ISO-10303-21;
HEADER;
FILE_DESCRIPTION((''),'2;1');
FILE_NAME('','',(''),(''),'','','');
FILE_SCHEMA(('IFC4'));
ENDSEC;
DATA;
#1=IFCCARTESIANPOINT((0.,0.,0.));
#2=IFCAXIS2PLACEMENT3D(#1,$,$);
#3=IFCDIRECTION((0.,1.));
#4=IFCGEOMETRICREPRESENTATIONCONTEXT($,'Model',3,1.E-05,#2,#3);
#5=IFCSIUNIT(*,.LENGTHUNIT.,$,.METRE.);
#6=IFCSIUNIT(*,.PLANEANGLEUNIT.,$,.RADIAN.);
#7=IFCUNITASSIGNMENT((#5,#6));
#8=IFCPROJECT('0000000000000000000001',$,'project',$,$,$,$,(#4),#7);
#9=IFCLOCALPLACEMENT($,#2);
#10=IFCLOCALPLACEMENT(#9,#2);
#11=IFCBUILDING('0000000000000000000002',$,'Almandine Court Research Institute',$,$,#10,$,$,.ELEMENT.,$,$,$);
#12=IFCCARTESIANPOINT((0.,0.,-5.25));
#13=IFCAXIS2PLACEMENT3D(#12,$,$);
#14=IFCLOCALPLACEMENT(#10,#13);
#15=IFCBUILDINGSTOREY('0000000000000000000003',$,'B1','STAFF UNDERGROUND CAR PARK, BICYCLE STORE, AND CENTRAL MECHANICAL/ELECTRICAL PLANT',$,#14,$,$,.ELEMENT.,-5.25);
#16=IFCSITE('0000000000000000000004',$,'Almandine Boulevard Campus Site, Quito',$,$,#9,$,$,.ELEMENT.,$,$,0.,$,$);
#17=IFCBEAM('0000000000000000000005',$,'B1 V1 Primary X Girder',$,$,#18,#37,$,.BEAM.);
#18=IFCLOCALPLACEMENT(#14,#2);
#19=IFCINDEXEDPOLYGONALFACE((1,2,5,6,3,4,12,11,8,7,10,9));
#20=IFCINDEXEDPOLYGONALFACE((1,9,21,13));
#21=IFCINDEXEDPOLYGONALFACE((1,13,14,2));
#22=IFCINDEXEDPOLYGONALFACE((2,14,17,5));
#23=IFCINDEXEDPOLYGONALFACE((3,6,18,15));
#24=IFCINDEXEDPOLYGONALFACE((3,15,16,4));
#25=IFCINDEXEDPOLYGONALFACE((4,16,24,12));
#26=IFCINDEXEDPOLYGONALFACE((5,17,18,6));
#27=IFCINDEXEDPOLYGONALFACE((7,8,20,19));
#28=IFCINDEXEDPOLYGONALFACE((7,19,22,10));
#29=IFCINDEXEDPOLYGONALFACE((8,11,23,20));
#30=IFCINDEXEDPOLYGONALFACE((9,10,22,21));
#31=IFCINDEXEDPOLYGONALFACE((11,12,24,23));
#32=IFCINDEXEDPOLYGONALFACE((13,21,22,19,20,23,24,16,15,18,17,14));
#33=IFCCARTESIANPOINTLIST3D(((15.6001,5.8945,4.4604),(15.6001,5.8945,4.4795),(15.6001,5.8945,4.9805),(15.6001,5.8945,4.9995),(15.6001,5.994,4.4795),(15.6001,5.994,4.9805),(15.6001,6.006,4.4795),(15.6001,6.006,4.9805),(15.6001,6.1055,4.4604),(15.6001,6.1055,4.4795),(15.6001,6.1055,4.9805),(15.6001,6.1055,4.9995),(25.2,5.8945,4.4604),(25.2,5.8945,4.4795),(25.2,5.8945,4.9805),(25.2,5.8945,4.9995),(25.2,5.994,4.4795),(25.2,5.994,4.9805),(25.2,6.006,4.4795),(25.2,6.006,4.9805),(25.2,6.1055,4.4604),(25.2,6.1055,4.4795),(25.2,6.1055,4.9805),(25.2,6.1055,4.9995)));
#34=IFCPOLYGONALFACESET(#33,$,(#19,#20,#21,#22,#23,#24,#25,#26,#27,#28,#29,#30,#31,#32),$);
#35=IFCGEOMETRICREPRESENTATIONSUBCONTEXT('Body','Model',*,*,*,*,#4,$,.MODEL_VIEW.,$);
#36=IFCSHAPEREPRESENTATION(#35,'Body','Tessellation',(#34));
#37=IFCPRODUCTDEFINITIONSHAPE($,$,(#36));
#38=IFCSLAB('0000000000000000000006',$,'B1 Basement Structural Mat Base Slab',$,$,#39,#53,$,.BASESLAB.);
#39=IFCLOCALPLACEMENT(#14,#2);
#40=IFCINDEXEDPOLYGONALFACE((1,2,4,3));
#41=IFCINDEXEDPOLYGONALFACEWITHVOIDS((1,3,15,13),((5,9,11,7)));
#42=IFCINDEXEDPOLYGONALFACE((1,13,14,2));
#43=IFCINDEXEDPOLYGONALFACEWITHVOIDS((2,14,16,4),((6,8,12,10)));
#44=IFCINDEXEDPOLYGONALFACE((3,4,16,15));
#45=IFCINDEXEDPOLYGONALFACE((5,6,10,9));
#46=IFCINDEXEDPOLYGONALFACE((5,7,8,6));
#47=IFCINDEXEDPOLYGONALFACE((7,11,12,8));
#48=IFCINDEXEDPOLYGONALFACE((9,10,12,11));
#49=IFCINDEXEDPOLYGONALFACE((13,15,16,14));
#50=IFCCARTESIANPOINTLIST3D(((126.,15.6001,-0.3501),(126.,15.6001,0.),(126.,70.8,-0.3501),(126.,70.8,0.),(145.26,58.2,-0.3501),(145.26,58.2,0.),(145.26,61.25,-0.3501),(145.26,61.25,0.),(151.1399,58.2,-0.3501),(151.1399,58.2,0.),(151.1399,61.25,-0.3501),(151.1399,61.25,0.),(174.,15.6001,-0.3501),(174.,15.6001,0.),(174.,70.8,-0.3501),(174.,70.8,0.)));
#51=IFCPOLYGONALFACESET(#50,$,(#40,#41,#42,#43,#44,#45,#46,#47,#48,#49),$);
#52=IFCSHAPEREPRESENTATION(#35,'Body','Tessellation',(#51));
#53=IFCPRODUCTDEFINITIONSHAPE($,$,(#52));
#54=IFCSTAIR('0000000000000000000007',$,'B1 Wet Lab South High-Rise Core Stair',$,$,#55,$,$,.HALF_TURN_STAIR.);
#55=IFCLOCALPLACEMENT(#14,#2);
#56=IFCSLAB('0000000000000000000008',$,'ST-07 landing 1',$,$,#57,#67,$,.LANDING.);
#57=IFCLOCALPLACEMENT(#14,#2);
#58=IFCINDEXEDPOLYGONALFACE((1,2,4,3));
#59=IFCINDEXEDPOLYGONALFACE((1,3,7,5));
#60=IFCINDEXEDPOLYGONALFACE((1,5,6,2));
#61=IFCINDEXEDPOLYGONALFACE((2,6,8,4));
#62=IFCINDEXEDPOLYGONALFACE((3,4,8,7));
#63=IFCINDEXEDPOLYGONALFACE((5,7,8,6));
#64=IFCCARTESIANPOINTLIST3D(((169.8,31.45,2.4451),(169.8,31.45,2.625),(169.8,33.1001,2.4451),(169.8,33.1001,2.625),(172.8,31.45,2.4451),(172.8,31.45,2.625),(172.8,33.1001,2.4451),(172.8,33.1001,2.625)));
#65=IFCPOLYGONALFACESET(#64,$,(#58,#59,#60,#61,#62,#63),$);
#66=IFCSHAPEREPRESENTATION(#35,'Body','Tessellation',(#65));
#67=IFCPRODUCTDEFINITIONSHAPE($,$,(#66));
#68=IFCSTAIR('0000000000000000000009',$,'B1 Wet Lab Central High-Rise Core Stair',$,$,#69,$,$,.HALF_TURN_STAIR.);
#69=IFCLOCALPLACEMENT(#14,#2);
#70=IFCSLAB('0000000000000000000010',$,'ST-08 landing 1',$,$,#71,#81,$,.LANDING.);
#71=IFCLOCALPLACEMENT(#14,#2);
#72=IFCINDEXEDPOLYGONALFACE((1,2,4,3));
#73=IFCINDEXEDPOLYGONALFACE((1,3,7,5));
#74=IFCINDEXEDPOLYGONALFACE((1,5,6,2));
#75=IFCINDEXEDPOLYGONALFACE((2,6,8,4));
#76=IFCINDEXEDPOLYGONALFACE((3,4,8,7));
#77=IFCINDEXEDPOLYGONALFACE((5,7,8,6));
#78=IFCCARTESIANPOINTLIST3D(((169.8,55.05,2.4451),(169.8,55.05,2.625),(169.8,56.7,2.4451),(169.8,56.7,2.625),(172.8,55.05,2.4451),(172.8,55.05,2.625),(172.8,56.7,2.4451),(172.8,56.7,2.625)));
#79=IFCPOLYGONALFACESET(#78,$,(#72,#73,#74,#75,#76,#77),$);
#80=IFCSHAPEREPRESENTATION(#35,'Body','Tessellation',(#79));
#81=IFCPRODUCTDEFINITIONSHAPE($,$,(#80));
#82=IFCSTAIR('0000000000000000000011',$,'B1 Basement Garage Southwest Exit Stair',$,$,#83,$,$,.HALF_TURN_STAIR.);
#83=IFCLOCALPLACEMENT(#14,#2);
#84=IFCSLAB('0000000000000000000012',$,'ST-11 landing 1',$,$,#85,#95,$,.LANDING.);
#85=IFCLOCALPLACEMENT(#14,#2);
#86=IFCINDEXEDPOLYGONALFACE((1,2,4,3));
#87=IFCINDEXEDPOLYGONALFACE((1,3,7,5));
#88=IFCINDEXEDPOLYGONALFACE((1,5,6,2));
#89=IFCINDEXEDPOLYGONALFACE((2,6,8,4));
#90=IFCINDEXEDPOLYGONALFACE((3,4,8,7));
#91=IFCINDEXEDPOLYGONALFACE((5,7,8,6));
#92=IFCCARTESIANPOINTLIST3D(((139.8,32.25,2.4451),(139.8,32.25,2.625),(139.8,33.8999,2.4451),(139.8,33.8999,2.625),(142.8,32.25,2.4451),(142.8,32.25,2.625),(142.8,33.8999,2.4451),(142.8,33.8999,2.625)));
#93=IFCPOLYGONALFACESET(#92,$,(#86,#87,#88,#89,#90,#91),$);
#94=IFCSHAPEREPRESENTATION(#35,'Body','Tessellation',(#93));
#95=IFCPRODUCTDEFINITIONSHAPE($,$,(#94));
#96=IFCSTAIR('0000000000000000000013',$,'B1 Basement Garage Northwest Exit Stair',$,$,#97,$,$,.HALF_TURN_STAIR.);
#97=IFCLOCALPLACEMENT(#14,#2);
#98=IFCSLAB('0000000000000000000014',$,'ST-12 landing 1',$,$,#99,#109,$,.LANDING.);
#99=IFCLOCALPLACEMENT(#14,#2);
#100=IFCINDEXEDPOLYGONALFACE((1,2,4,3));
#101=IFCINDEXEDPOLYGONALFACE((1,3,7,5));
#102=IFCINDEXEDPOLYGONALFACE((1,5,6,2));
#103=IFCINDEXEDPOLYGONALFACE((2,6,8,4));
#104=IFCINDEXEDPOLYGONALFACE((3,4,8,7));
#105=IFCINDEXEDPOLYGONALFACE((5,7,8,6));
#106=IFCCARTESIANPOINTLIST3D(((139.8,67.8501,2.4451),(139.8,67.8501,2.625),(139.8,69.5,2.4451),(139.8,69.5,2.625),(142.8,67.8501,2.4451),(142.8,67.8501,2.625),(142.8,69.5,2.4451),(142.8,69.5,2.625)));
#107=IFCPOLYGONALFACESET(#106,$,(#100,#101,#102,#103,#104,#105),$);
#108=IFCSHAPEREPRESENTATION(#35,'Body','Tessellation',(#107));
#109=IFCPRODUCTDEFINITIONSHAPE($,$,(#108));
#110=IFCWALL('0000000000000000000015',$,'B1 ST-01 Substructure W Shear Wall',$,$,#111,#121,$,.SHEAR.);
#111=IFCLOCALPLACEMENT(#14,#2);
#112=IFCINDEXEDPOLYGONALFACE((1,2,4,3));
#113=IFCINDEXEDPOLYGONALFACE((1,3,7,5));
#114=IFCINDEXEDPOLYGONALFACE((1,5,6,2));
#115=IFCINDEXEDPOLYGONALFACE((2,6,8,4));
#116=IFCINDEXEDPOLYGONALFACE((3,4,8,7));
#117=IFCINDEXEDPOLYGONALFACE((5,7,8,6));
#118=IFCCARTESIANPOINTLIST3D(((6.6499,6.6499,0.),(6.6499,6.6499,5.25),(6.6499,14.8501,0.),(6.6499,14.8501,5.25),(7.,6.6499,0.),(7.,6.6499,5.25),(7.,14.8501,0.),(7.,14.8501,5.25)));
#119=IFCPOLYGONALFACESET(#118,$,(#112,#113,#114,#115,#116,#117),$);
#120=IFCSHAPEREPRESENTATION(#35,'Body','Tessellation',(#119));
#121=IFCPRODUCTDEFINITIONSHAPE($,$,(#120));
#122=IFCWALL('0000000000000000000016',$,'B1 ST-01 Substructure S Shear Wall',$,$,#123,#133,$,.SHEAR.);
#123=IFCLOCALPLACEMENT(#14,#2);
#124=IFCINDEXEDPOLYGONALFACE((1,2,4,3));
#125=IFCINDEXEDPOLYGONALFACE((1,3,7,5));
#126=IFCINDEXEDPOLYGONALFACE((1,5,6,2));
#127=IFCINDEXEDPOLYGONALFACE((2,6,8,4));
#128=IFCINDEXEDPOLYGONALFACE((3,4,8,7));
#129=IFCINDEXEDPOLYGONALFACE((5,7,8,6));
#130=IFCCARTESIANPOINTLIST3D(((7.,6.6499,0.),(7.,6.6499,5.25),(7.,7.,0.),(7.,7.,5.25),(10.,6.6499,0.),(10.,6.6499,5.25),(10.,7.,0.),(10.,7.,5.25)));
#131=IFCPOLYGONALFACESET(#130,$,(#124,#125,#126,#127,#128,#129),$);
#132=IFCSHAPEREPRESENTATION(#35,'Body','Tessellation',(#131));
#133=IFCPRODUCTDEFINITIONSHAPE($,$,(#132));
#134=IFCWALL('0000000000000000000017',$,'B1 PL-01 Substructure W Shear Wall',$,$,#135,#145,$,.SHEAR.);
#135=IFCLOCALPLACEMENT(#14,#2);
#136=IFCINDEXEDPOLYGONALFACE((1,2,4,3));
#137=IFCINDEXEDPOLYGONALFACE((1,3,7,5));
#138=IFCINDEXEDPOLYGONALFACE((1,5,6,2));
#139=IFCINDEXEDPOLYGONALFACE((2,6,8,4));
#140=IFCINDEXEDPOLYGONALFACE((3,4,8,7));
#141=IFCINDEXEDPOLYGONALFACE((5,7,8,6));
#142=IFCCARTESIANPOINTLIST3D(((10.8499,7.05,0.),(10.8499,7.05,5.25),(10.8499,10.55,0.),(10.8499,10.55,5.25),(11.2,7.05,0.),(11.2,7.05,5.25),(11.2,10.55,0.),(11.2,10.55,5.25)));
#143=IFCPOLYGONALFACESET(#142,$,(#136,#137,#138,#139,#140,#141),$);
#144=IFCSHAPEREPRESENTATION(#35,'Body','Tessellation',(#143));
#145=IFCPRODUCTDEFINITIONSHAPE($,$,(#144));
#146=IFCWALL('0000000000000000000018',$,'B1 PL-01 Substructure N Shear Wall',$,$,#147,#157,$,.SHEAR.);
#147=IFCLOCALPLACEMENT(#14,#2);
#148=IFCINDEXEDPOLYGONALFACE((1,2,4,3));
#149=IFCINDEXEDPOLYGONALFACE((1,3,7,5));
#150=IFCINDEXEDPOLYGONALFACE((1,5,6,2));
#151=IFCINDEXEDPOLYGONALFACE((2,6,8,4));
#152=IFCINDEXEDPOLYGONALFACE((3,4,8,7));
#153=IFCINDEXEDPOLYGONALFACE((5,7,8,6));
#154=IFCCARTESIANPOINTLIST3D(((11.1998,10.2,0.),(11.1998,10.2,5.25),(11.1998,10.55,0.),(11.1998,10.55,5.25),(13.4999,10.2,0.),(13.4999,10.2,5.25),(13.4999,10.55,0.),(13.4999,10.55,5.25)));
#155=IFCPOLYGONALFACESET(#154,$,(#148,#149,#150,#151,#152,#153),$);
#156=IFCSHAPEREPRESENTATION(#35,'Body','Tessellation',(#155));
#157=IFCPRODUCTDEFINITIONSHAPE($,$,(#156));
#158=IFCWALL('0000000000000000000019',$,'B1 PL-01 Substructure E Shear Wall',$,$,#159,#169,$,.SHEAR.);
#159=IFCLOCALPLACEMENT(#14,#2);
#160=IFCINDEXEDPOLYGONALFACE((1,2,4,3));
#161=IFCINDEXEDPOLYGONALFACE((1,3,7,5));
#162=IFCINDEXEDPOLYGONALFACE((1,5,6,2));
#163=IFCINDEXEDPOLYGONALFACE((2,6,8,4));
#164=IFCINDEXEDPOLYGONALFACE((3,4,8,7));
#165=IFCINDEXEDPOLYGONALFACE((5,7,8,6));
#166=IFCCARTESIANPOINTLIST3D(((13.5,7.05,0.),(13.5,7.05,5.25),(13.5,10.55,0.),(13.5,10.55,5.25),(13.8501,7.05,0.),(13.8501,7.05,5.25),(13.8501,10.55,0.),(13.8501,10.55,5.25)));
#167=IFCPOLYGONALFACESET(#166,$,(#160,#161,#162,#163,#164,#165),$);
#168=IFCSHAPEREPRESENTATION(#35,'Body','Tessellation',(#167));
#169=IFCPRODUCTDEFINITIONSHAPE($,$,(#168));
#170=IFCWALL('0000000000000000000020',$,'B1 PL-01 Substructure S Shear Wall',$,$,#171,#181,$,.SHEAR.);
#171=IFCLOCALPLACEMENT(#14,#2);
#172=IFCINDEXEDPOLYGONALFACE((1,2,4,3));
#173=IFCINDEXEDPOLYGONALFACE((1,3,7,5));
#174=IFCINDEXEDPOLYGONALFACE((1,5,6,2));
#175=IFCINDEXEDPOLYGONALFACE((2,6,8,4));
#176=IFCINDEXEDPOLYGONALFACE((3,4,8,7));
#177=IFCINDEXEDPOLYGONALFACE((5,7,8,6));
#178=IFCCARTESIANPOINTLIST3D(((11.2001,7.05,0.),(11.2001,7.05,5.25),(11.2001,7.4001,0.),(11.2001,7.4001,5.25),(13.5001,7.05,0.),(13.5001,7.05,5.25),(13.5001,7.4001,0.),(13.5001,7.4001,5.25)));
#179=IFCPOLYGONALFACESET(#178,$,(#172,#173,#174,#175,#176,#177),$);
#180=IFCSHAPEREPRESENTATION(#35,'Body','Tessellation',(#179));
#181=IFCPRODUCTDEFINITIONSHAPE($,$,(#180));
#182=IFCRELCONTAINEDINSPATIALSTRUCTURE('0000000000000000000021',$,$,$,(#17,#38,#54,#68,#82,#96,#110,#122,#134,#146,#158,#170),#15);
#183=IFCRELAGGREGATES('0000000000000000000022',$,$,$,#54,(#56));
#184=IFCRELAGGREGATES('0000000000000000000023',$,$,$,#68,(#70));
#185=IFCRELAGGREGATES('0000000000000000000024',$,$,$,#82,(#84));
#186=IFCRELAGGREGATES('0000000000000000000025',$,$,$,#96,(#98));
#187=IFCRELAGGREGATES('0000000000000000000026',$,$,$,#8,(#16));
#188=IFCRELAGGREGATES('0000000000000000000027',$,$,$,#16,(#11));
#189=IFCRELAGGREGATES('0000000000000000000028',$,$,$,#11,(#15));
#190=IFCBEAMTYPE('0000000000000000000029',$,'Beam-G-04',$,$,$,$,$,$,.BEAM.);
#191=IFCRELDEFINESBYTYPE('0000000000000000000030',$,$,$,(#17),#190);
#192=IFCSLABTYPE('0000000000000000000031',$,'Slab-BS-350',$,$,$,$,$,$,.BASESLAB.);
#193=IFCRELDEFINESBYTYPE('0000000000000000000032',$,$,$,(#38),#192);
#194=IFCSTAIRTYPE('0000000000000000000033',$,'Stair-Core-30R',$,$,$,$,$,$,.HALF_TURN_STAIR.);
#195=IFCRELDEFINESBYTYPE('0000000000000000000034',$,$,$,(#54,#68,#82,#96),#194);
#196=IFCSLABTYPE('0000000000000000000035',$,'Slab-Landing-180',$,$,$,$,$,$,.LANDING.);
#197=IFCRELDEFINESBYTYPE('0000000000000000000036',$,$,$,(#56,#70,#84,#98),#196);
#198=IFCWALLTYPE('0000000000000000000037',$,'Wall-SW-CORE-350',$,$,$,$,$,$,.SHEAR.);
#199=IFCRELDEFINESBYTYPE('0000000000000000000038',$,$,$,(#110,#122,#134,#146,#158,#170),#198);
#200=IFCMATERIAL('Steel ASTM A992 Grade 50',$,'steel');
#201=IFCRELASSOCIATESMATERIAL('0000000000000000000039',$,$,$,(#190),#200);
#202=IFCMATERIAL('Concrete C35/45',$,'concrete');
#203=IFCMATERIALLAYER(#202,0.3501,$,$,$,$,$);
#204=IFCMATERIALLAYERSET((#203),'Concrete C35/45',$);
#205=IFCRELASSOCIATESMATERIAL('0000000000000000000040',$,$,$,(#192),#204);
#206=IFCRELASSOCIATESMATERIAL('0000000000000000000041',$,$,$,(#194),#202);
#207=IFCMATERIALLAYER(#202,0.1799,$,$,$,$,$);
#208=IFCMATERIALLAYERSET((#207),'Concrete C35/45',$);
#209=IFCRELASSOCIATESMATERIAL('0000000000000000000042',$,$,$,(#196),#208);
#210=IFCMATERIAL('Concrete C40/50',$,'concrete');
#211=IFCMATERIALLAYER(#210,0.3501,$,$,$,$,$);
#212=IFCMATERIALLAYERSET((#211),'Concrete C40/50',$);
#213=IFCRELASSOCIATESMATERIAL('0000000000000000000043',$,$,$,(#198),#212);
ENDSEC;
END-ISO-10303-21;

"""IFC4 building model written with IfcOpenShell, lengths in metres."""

from ifc_helpers import new_model, si_unit, direction, frame, frame_2d, origin, origin_2d, place, context, subcontext, project, spatial, polyline, rectangle, i_section, outline, extrude, material, layer, layer_set, material_profile, profile_set, type_object, element, aggregate, save


model = new_model("IFC4")

# Units and contexts
model_context = context("Model", 3, precision=1e-05, world=origin(), true_north=direction((0.0, 1.0)))
body_context = subcontext(model_context, "Body", "Model", "MODEL_VIEW")
ifc_project = project(units=[si_unit("LENGTHUNIT", "METRE"), si_unit("PLANEANGLEUNIT", "RADIAN")], contexts=[model_context])

# Site, building, storey
site_placement = place(None, origin())
site = spatial("IfcSite", under=ifc_project, at=site_placement, Name="Almandine Boulevard Campus Site, Quito", CompositionType="ELEMENT", RefElevation=0.0)
building_placement = place(site_placement, origin())
building = spatial("IfcBuilding", under=site, at=building_placement, Name="Almandine Court Research Institute", CompositionType="ELEMENT")
storey_placement = place(building_placement, frame((0.0, 0.0, -5.25)))
storey = spatial("IfcBuildingStorey", under=building, at=storey_placement, Name="B1", Description="STAFF UNDERGROUND CAR PARK, BICYCLE STORE, AND CENTRAL MECHANICAL/ELECTRICAL PLANT", CompositionType="ELEMENT", Elevation=-5.25)

# Shared definitions
ifc_material_1 = material(Name="Concrete C35/45", Category="concrete")

# Shared definitions
ifc_material_2 = material(Name="Concrete C40/50", Category="concrete")
ifc_material_3 = material(Name="Steel ASTM A992 Grade 50", Category="steel")

# Beam
ifc_material_profile_1 = material_profile(ifc_material_3, i_section(OverallWidth=0.2109, OverallDepth=0.5391, WebThickness=0.012, FlangeThickness=0.019, at=origin_2d()), Name="W530x109")
ifc_profile_set_1 = profile_set([ifc_material_profile_1], Name="Steel ASTM A992 Grade 50")
beam_type_1 = type_object("IfcBeamType", Name="Beam-G-04", PredefinedType="BEAM", material=ifc_profile_set_1)
beam_1_placement = place(storey_placement, frame((15.6001, 6.0, 4.73), z_axis=(1.0, 0.0, 0.0), x_axis=(0.0, 1.0, 0.0)))
element("IfcBeam", 1, at=beam_1_placement, inside=storey, type_object=beam_type_1, Name="B1 V1 Primary X Girder", PredefinedType="BEAM", context=body_context, shape_type="SweptSolid", body=[
    extrude(i_section(OverallWidth=0.2109, OverallDepth=0.5391, WebThickness=0.012, FlangeThickness=0.019, at=origin_2d()), origin(), (0.0, 0.0, 1.0), 9.5999),
])

# Slab
ifc_layer_1 = layer(ifc_material_1, 0.3501)
ifc_layer_set_1 = layer_set([ifc_layer_1], Name="Concrete C35/45")
slab_type_1 = type_object("IfcSlabType", Name="Slab-BS-350", PredefinedType="BASESLAB", material=ifc_layer_set_1)
slab_1_placement = place(storey_placement, frame((0.0, 0.0, -0.3501)))
element("IfcSlab", 2, at=slab_1_placement, inside=storey, type_object=slab_type_1, Name="B1 Basement Structural Mat Base Slab", PredefinedType="BASESLAB", context=body_context, shape_type="SweptSolid", body=[
    extrude(outline(polyline([(126.0, 15.6001), (174.0, 15.6001), (174.0, 70.8), (126.0, 70.8), (126.0, 15.6001)]), holes=[polyline([(145.26, 58.2), (151.1399, 58.2), (151.1399, 61.25), (145.26, 61.25), (145.26, 58.2)])]), origin(), (0.0, 0.0, 1.0), 0.3501),
])

# Stairs, slabs
stair_type = type_object("IfcStairType", Name="Stair-Core-30R", PredefinedType="HALF_TURN_STAIR", material=ifc_material_1)
stair_1_placement = place(storey_placement, origin())
stair_1 = element("IfcStair", 3, at=stair_1_placement, inside=storey, type_object=stair_type, Name="B1 Wet Lab South High-Rise Core Stair", PredefinedType="HALF_TURN_STAIR")
ifc_layer_2 = layer(ifc_material_1, 0.1799)
ifc_layer_set_2 = layer_set([ifc_layer_2], Name="Concrete C35/45")
slab_type_2 = type_object("IfcSlabType", Name="Slab-Landing-180", PredefinedType="LANDING", material=ifc_layer_set_2)
slab_2_placement = place(storey_placement, frame((0.0, 0.0, 2.4451)))
slab_2 = element("IfcSlab", 4, at=slab_2_placement, type_object=slab_type_2, Name="ST-07 landing 1", PredefinedType="LANDING", context=body_context, shape_type="SweptSolid", body=[
    extrude(outline(polyline([(172.8, 31.45), (172.8, 33.1001), (169.8, 33.1001), (169.8, 31.45), (172.8, 31.45)])), origin(), (0.0, 0.0, 1.0), 0.1799),
])
aggregate(stair_1, [slab_2])
stair_2_placement = place(storey_placement, origin())
stair_2 = element("IfcStair", 5, at=stair_2_placement, inside=storey, type_object=stair_type, Name="B1 Wet Lab Central High-Rise Core Stair", PredefinedType="HALF_TURN_STAIR")
slab_3_placement = place(storey_placement, frame((0.0, 0.0, 2.4451)))
slab_3 = element("IfcSlab", 6, at=slab_3_placement, type_object=slab_type_2, Name="ST-08 landing 1", PredefinedType="LANDING", context=body_context, shape_type="SweptSolid", body=[
    extrude(outline(polyline([(172.8, 55.05), (172.8, 56.7), (169.8, 56.7), (169.8, 55.05), (172.8, 55.05)])), origin(), (0.0, 0.0, 1.0), 0.1799),
])
aggregate(stair_2, [slab_3])
stair_3_placement = place(storey_placement, origin())
stair_3 = element("IfcStair", 7, at=stair_3_placement, inside=storey, type_object=stair_type, Name="B1 Basement Garage Southwest Exit Stair", PredefinedType="HALF_TURN_STAIR")
slab_4_placement = place(storey_placement, frame((0.0, 0.0, 2.4451)))
slab_4 = element("IfcSlab", 8, at=slab_4_placement, type_object=slab_type_2, Name="ST-11 landing 1", PredefinedType="LANDING", context=body_context, shape_type="SweptSolid", body=[
    extrude(outline(polyline([(142.8, 32.25), (142.8, 33.8999), (139.8, 33.8999), (139.8, 32.25), (142.8, 32.25)])), origin(), (0.0, 0.0, 1.0), 0.1799),
])
aggregate(stair_3, [slab_4])
stair_4_placement = place(storey_placement, origin())
stair_4 = element("IfcStair", 9, at=stair_4_placement, inside=storey, type_object=stair_type, Name="B1 Basement Garage Northwest Exit Stair", PredefinedType="HALF_TURN_STAIR")
slab_5_placement = place(storey_placement, frame((0.0, 0.0, 2.4451)))
slab_5 = element("IfcSlab", 10, at=slab_5_placement, type_object=slab_type_2, Name="ST-12 landing 1", PredefinedType="LANDING", context=body_context, shape_type="SweptSolid", body=[
    extrude(outline(polyline([(142.8, 67.8501), (142.8, 69.5), (139.8, 69.5), (139.8, 67.8501), (142.8, 67.8501)])), origin(), (0.0, 0.0, 1.0), 0.1799),
])
aggregate(stair_4, [slab_5])

# Walls
ifc_layer_3 = layer(ifc_material_2, 0.3501)
ifc_layer_set_3 = layer_set([ifc_layer_3], Name="Concrete C40/50")
wall_type = type_object("IfcWallType", Name="Wall-SW-CORE-350", PredefinedType="SHEAR", material=ifc_layer_set_3)
wall_1_placement = place(storey_placement, frame((6.825, 6.6499, 0.0), z_axis=(0.0, 0.0, 1.0), x_axis=(0.0, 1.0, 0.0)))
element("IfcWall", 11, at=wall_1_placement, inside=storey, type_object=wall_type, Name="B1 ST-01 Substructure W Shear Wall", PredefinedType="SHEAR", context=body_context, shape_type="SweptSolid", body=[
    extrude(rectangle(XDim=8.2002, YDim=0.3501, at=frame_2d((4.1001, 0.0))), origin(), (0.0, 0.0, 1.0), 5.25),
])
wall_2_placement = place(storey_placement, frame((10.0, 6.825, 0.0), z_axis=(0.0, 0.0, 1.0), x_axis=(-1.0, 0.0, 0.0)))
element("IfcWall", 12, at=wall_2_placement, inside=storey, type_object=wall_type, Name="B1 ST-01 Substructure S Shear Wall", PredefinedType="SHEAR", context=body_context, shape_type="SweptSolid", body=[
    extrude(rectangle(XDim=3.0, YDim=0.3501, at=frame_2d((1.5, 0.0))), origin(), (0.0, 0.0, 1.0), 5.25),
])
wall_3_placement = place(storey_placement, frame((11.0249, 7.05, 0.0), z_axis=(0.0, 0.0, 1.0), x_axis=(0.0, 1.0, 0.0)))
element("IfcWall", 13, at=wall_3_placement, inside=storey, type_object=wall_type, Name="B1 PL-01 Substructure W Shear Wall", PredefinedType="SHEAR", context=body_context, shape_type="SweptSolid", body=[
    extrude(rectangle(XDim=3.5, YDim=0.3501, at=frame_2d((1.75, 0.0))), origin(), (0.0, 0.0, 1.0), 5.25),
])
wall_4_placement = place(storey_placement, frame((11.2, 10.375, 0.0), z_axis=(0.0, 0.0, 1.0), x_axis=(1.0, 0.0, 0.0)))
element("IfcWall", 14, at=wall_4_placement, inside=storey, type_object=wall_type, Name="B1 PL-01 Substructure N Shear Wall", PredefinedType="SHEAR", context=body_context, shape_type="SweptSolid", body=[
    extrude(rectangle(XDim=2.3, YDim=0.3501, at=frame_2d((1.1499, 0.0))), origin(), (0.0, 0.0, 1.0), 5.25),
])
wall_5_placement = place(storey_placement, frame((13.675, 10.55, 0.0), z_axis=(0.0, 0.0, 1.0), x_axis=(0.0, -1.0, 0.0)))
element("IfcWall", 15, at=wall_5_placement, inside=storey, type_object=wall_type, Name="B1 PL-01 Substructure E Shear Wall", PredefinedType="SHEAR", context=body_context, shape_type="SweptSolid", body=[
    extrude(rectangle(XDim=3.5, YDim=0.3501, at=frame_2d((1.75, 0.0))), origin(), (0.0, 0.0, 1.0), 5.25),
])
wall_6_placement = place(storey_placement, frame((13.5, 7.2251, 0.0), z_axis=(0.0, 0.0, 1.0), x_axis=(-1.0, 0.0, 0.0)))
element("IfcWall", 16, at=wall_6_placement, inside=storey, type_object=wall_type, Name="B1 PL-01 Substructure S Shear Wall", PredefinedType="SHEAR", context=body_context, shape_type="SweptSolid", body=[
    extrude(rectangle(XDim=2.3, YDim=0.3501, at=frame_2d((1.1499, 0.0))), origin(), (0.0, 0.0, 1.0), 5.25),
])

save(model, "model.ifc")
